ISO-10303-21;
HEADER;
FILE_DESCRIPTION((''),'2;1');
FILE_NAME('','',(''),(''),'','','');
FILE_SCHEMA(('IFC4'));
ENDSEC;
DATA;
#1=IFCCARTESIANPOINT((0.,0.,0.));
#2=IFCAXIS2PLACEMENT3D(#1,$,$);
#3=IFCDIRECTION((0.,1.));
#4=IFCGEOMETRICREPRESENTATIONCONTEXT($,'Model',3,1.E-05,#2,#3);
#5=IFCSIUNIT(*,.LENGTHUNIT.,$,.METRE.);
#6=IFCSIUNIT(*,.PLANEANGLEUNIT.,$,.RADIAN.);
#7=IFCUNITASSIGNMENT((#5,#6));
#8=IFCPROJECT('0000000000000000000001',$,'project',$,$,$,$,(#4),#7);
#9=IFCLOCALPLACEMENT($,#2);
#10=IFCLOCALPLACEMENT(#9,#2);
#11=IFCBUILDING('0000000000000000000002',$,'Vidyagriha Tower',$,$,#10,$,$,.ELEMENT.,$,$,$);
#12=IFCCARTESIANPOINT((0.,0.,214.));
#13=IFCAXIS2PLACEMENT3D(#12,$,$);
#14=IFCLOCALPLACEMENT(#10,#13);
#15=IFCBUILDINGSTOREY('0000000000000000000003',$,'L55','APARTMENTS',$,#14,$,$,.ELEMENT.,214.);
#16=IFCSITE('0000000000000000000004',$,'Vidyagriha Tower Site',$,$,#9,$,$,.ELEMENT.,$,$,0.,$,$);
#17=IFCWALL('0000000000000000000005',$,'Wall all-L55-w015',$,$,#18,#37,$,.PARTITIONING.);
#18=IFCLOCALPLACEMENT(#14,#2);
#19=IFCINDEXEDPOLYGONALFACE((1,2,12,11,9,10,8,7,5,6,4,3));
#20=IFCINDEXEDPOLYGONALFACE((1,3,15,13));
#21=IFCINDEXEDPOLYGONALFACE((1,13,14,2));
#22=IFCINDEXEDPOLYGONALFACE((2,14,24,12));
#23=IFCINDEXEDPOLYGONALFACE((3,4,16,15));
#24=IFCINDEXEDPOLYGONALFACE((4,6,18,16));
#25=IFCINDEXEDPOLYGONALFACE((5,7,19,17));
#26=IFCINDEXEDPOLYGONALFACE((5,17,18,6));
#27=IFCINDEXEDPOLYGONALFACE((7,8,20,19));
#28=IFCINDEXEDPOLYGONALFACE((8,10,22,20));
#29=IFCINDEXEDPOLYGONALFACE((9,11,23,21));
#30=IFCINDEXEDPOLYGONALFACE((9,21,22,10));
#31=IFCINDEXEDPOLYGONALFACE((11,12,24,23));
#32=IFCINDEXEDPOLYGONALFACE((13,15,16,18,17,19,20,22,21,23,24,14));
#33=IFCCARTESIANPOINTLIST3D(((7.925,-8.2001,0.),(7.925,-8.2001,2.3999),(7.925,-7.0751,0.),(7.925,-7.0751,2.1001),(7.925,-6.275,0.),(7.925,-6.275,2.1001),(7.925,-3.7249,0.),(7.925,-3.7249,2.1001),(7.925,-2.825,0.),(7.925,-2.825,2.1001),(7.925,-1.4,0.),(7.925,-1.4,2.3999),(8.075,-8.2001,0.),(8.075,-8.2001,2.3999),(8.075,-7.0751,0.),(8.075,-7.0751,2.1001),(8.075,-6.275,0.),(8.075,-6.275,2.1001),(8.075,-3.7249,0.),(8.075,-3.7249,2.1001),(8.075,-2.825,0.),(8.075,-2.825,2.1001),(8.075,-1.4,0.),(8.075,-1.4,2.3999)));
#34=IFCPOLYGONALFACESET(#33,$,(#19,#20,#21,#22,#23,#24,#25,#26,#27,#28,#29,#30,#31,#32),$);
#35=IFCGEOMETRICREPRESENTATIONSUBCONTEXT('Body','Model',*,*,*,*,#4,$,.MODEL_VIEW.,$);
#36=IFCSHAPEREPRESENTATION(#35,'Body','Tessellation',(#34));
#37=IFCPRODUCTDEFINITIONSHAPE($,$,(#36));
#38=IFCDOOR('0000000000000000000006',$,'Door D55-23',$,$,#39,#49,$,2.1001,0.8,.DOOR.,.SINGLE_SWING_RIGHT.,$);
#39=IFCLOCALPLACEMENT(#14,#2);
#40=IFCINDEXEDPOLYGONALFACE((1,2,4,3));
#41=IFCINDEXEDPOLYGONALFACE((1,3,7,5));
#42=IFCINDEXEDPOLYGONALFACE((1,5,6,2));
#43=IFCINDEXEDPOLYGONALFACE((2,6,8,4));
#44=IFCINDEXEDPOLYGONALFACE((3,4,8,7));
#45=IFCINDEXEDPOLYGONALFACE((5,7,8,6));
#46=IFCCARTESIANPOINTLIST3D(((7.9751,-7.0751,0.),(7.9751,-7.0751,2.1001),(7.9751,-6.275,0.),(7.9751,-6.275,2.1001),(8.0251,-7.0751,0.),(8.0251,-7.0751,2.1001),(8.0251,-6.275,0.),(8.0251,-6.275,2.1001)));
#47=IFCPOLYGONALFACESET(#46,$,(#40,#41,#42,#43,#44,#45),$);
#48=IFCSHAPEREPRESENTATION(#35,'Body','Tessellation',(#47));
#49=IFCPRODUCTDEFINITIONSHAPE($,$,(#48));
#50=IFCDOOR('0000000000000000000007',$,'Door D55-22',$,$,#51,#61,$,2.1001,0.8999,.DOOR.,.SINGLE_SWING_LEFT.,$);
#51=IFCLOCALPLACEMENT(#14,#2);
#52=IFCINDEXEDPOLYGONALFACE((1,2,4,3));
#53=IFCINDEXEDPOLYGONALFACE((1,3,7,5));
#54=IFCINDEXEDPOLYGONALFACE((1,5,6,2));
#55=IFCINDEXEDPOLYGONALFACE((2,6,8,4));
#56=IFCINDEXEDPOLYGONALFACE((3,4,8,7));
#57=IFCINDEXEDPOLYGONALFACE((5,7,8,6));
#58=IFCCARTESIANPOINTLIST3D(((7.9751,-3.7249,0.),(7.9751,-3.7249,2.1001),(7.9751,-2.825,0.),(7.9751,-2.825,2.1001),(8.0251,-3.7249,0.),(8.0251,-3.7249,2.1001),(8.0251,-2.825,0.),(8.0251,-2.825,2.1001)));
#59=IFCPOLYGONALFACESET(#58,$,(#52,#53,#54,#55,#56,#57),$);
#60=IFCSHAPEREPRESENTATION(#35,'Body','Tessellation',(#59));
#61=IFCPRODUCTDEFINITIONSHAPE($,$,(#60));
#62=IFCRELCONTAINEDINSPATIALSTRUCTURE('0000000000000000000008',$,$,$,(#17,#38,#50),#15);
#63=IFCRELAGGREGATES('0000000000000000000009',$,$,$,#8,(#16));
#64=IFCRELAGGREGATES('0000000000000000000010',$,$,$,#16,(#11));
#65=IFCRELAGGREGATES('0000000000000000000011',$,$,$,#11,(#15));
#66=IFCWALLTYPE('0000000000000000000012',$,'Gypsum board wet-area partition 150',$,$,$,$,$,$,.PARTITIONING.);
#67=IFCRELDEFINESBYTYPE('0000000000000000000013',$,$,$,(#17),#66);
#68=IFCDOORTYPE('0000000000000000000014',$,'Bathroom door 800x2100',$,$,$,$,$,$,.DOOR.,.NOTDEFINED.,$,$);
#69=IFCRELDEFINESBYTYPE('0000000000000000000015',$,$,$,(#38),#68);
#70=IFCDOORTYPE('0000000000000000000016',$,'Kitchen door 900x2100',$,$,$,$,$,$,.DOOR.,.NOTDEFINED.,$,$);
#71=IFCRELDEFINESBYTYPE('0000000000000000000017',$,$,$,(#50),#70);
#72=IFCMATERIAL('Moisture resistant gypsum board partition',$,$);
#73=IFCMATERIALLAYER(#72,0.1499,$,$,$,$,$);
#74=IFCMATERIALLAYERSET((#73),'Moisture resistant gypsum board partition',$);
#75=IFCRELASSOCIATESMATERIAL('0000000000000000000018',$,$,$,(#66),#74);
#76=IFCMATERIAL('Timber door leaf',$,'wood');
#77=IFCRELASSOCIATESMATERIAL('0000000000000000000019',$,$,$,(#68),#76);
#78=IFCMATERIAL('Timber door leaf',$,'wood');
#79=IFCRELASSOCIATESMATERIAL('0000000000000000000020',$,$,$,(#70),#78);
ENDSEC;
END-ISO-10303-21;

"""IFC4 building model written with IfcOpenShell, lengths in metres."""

from ifc_helpers import new_model, si_unit, direction, frame, frame_2d, origin, place, context, subcontext, project, spatial, rectangle, extrude, material, layer, layer_set, type_object, element, fill, save


model = new_model("IFC4")

# Units and contexts
model_context = context("Model", 3, precision=1e-05, world=origin(), true_north=direction((0.0, 1.0)))
body_context = subcontext(model_context, "Body", "Model", "MODEL_VIEW")
ifc_project = project(units=[si_unit("LENGTHUNIT", "METRE"), si_unit("PLANEANGLEUNIT", "RADIAN")], contexts=[model_context])

# Site, building, storey
site_placement = place(None, origin())
site = spatial("IfcSite", under=ifc_project, at=site_placement, Name="Vidyagriha Tower Site", CompositionType="ELEMENT", RefElevation=0.0)
building_placement = place(site_placement, origin())
building = spatial("IfcBuilding", under=site, at=building_placement, Name="Vidyagriha Tower", CompositionType="ELEMENT")
storey_placement = place(building_placement, frame((0.0, 0.0, 214.0)))
storey = spatial("IfcBuildingStorey", under=building, at=storey_placement, Name="L55", Description="APARTMENTS", CompositionType="ELEMENT", Elevation=214.0)

# Wall, openings, doors
ifc_material_1 = material(Name="Moisture resistant gypsum board partition")
ifc_layer_1 = layer(ifc_material_1, 0.1499)
ifc_layer_set_1 = layer_set([ifc_layer_1], Name="Moisture resistant gypsum board partition")
wall_type_1 = type_object("IfcWallType", Name="Gypsum board wet-area partition 150", PredefinedType="PARTITIONING", material=ifc_layer_set_1)
wall_1_placement = place(storey_placement, frame((8.0, -8.2, 0.0), z_axis=(0.0, 0.0, 1.0), x_axis=(0.0, 1.0, 0.0)))
wall_1 = element("IfcWall", 1, at=wall_1_placement, inside=storey, type_object=wall_type_1, Name="Wall all-L55-w015", PredefinedType="PARTITIONING", context=body_context, shape_type="SweptSolid", body=[
    extrude(rectangle(XDim=6.8, YDim=0.1499, at=frame_2d((3.3999, 0.0))), origin(), (0.0, 0.0, 1.0), 2.3999),
])
opening_1_placement = place(wall_1_placement, frame((4.4751, 0.0, 0.0)))
opening_1 = element("IfcOpeningElement", 2, at=opening_1_placement, cuts=wall_1, PredefinedType="OPENING", context=body_context, shape_type="SweptSolid", body=[
    extrude(rectangle(XDim=0.8999, YDim=2.1001, at=frame_2d((0.45, 1.05))), frame((0.0, 0.085, 0.0), z_axis=(0.0, -1.0, 0.0), x_axis=(1.0, 0.0, 0.0)), (0.0, 0.0, 1.0), 0.1699),
])
opening_2_placement = place(wall_1_placement, frame((1.125, 0.0, 0.0)))
opening_2 = element("IfcOpeningElement", 3, at=opening_2_placement, cuts=wall_1, PredefinedType="OPENING", context=body_context, shape_type="SweptSolid", body=[
    extrude(rectangle(XDim=0.8, YDim=2.1001, at=frame_2d((0.3999, 1.05))), frame((0.0, 0.085, 0.0), z_axis=(0.0, -1.0, 0.0), x_axis=(1.0, 0.0, 0.0)), (0.0, 0.0, 1.0), 0.1699),
])
ifc_material_2 = material(Name="Timber door leaf", Category="wood")
door_type_1 = type_object("IfcDoorType", Name="Bathroom door 800x2100", OperationType="NOTDEFINED", PredefinedType="DOOR", material=ifc_material_2)
door_1_placement = place(opening_2_placement, origin())
door_1 = element("IfcDoor", 4, at=door_1_placement, inside=storey, type_object=door_type_1, Name="Door D55-23", OperationType="SINGLE_SWING_RIGHT", OverallHeight=2.1001, OverallWidth=0.8, PredefinedType="DOOR", context=body_context, shape_type="SweptSolid", body=[
    extrude(rectangle(XDim=0.8, YDim=2.1001, at=frame_2d((0.3999, 1.05))), frame((0.0, 0.0249, 0.0), z_axis=(0.0, -1.0, 0.0), x_axis=(1.0, 0.0, 0.0)), (0.0, 0.0, 1.0), 0.05),
])
fill(opening_2, door_1)
ifc_material_3 = material(Name="Timber door leaf", Category="wood")
door_type_2 = type_object("IfcDoorType", Name="Kitchen door 900x2100", OperationType="NOTDEFINED", PredefinedType="DOOR", material=ifc_material_3)
door_2_placement = place(opening_1_placement, origin())
door_2 = element("IfcDoor", 5, at=door_2_placement, inside=storey, type_object=door_type_2, Name="Door D55-22", OperationType="SINGLE_SWING_LEFT", OverallHeight=2.1001, OverallWidth=0.8999, PredefinedType="DOOR", context=body_context, shape_type="SweptSolid", body=[
    extrude(rectangle(XDim=0.8999, YDim=2.1001, at=frame_2d((0.45, 1.05))), frame((0.0, 0.0249, 0.0), z_axis=(0.0, -1.0, 0.0), x_axis=(1.0, 0.0, 0.0)), (0.0, 0.0, 1.0), 0.05),
])
fill(opening_1, door_2)

save(model, "model.ifc")
